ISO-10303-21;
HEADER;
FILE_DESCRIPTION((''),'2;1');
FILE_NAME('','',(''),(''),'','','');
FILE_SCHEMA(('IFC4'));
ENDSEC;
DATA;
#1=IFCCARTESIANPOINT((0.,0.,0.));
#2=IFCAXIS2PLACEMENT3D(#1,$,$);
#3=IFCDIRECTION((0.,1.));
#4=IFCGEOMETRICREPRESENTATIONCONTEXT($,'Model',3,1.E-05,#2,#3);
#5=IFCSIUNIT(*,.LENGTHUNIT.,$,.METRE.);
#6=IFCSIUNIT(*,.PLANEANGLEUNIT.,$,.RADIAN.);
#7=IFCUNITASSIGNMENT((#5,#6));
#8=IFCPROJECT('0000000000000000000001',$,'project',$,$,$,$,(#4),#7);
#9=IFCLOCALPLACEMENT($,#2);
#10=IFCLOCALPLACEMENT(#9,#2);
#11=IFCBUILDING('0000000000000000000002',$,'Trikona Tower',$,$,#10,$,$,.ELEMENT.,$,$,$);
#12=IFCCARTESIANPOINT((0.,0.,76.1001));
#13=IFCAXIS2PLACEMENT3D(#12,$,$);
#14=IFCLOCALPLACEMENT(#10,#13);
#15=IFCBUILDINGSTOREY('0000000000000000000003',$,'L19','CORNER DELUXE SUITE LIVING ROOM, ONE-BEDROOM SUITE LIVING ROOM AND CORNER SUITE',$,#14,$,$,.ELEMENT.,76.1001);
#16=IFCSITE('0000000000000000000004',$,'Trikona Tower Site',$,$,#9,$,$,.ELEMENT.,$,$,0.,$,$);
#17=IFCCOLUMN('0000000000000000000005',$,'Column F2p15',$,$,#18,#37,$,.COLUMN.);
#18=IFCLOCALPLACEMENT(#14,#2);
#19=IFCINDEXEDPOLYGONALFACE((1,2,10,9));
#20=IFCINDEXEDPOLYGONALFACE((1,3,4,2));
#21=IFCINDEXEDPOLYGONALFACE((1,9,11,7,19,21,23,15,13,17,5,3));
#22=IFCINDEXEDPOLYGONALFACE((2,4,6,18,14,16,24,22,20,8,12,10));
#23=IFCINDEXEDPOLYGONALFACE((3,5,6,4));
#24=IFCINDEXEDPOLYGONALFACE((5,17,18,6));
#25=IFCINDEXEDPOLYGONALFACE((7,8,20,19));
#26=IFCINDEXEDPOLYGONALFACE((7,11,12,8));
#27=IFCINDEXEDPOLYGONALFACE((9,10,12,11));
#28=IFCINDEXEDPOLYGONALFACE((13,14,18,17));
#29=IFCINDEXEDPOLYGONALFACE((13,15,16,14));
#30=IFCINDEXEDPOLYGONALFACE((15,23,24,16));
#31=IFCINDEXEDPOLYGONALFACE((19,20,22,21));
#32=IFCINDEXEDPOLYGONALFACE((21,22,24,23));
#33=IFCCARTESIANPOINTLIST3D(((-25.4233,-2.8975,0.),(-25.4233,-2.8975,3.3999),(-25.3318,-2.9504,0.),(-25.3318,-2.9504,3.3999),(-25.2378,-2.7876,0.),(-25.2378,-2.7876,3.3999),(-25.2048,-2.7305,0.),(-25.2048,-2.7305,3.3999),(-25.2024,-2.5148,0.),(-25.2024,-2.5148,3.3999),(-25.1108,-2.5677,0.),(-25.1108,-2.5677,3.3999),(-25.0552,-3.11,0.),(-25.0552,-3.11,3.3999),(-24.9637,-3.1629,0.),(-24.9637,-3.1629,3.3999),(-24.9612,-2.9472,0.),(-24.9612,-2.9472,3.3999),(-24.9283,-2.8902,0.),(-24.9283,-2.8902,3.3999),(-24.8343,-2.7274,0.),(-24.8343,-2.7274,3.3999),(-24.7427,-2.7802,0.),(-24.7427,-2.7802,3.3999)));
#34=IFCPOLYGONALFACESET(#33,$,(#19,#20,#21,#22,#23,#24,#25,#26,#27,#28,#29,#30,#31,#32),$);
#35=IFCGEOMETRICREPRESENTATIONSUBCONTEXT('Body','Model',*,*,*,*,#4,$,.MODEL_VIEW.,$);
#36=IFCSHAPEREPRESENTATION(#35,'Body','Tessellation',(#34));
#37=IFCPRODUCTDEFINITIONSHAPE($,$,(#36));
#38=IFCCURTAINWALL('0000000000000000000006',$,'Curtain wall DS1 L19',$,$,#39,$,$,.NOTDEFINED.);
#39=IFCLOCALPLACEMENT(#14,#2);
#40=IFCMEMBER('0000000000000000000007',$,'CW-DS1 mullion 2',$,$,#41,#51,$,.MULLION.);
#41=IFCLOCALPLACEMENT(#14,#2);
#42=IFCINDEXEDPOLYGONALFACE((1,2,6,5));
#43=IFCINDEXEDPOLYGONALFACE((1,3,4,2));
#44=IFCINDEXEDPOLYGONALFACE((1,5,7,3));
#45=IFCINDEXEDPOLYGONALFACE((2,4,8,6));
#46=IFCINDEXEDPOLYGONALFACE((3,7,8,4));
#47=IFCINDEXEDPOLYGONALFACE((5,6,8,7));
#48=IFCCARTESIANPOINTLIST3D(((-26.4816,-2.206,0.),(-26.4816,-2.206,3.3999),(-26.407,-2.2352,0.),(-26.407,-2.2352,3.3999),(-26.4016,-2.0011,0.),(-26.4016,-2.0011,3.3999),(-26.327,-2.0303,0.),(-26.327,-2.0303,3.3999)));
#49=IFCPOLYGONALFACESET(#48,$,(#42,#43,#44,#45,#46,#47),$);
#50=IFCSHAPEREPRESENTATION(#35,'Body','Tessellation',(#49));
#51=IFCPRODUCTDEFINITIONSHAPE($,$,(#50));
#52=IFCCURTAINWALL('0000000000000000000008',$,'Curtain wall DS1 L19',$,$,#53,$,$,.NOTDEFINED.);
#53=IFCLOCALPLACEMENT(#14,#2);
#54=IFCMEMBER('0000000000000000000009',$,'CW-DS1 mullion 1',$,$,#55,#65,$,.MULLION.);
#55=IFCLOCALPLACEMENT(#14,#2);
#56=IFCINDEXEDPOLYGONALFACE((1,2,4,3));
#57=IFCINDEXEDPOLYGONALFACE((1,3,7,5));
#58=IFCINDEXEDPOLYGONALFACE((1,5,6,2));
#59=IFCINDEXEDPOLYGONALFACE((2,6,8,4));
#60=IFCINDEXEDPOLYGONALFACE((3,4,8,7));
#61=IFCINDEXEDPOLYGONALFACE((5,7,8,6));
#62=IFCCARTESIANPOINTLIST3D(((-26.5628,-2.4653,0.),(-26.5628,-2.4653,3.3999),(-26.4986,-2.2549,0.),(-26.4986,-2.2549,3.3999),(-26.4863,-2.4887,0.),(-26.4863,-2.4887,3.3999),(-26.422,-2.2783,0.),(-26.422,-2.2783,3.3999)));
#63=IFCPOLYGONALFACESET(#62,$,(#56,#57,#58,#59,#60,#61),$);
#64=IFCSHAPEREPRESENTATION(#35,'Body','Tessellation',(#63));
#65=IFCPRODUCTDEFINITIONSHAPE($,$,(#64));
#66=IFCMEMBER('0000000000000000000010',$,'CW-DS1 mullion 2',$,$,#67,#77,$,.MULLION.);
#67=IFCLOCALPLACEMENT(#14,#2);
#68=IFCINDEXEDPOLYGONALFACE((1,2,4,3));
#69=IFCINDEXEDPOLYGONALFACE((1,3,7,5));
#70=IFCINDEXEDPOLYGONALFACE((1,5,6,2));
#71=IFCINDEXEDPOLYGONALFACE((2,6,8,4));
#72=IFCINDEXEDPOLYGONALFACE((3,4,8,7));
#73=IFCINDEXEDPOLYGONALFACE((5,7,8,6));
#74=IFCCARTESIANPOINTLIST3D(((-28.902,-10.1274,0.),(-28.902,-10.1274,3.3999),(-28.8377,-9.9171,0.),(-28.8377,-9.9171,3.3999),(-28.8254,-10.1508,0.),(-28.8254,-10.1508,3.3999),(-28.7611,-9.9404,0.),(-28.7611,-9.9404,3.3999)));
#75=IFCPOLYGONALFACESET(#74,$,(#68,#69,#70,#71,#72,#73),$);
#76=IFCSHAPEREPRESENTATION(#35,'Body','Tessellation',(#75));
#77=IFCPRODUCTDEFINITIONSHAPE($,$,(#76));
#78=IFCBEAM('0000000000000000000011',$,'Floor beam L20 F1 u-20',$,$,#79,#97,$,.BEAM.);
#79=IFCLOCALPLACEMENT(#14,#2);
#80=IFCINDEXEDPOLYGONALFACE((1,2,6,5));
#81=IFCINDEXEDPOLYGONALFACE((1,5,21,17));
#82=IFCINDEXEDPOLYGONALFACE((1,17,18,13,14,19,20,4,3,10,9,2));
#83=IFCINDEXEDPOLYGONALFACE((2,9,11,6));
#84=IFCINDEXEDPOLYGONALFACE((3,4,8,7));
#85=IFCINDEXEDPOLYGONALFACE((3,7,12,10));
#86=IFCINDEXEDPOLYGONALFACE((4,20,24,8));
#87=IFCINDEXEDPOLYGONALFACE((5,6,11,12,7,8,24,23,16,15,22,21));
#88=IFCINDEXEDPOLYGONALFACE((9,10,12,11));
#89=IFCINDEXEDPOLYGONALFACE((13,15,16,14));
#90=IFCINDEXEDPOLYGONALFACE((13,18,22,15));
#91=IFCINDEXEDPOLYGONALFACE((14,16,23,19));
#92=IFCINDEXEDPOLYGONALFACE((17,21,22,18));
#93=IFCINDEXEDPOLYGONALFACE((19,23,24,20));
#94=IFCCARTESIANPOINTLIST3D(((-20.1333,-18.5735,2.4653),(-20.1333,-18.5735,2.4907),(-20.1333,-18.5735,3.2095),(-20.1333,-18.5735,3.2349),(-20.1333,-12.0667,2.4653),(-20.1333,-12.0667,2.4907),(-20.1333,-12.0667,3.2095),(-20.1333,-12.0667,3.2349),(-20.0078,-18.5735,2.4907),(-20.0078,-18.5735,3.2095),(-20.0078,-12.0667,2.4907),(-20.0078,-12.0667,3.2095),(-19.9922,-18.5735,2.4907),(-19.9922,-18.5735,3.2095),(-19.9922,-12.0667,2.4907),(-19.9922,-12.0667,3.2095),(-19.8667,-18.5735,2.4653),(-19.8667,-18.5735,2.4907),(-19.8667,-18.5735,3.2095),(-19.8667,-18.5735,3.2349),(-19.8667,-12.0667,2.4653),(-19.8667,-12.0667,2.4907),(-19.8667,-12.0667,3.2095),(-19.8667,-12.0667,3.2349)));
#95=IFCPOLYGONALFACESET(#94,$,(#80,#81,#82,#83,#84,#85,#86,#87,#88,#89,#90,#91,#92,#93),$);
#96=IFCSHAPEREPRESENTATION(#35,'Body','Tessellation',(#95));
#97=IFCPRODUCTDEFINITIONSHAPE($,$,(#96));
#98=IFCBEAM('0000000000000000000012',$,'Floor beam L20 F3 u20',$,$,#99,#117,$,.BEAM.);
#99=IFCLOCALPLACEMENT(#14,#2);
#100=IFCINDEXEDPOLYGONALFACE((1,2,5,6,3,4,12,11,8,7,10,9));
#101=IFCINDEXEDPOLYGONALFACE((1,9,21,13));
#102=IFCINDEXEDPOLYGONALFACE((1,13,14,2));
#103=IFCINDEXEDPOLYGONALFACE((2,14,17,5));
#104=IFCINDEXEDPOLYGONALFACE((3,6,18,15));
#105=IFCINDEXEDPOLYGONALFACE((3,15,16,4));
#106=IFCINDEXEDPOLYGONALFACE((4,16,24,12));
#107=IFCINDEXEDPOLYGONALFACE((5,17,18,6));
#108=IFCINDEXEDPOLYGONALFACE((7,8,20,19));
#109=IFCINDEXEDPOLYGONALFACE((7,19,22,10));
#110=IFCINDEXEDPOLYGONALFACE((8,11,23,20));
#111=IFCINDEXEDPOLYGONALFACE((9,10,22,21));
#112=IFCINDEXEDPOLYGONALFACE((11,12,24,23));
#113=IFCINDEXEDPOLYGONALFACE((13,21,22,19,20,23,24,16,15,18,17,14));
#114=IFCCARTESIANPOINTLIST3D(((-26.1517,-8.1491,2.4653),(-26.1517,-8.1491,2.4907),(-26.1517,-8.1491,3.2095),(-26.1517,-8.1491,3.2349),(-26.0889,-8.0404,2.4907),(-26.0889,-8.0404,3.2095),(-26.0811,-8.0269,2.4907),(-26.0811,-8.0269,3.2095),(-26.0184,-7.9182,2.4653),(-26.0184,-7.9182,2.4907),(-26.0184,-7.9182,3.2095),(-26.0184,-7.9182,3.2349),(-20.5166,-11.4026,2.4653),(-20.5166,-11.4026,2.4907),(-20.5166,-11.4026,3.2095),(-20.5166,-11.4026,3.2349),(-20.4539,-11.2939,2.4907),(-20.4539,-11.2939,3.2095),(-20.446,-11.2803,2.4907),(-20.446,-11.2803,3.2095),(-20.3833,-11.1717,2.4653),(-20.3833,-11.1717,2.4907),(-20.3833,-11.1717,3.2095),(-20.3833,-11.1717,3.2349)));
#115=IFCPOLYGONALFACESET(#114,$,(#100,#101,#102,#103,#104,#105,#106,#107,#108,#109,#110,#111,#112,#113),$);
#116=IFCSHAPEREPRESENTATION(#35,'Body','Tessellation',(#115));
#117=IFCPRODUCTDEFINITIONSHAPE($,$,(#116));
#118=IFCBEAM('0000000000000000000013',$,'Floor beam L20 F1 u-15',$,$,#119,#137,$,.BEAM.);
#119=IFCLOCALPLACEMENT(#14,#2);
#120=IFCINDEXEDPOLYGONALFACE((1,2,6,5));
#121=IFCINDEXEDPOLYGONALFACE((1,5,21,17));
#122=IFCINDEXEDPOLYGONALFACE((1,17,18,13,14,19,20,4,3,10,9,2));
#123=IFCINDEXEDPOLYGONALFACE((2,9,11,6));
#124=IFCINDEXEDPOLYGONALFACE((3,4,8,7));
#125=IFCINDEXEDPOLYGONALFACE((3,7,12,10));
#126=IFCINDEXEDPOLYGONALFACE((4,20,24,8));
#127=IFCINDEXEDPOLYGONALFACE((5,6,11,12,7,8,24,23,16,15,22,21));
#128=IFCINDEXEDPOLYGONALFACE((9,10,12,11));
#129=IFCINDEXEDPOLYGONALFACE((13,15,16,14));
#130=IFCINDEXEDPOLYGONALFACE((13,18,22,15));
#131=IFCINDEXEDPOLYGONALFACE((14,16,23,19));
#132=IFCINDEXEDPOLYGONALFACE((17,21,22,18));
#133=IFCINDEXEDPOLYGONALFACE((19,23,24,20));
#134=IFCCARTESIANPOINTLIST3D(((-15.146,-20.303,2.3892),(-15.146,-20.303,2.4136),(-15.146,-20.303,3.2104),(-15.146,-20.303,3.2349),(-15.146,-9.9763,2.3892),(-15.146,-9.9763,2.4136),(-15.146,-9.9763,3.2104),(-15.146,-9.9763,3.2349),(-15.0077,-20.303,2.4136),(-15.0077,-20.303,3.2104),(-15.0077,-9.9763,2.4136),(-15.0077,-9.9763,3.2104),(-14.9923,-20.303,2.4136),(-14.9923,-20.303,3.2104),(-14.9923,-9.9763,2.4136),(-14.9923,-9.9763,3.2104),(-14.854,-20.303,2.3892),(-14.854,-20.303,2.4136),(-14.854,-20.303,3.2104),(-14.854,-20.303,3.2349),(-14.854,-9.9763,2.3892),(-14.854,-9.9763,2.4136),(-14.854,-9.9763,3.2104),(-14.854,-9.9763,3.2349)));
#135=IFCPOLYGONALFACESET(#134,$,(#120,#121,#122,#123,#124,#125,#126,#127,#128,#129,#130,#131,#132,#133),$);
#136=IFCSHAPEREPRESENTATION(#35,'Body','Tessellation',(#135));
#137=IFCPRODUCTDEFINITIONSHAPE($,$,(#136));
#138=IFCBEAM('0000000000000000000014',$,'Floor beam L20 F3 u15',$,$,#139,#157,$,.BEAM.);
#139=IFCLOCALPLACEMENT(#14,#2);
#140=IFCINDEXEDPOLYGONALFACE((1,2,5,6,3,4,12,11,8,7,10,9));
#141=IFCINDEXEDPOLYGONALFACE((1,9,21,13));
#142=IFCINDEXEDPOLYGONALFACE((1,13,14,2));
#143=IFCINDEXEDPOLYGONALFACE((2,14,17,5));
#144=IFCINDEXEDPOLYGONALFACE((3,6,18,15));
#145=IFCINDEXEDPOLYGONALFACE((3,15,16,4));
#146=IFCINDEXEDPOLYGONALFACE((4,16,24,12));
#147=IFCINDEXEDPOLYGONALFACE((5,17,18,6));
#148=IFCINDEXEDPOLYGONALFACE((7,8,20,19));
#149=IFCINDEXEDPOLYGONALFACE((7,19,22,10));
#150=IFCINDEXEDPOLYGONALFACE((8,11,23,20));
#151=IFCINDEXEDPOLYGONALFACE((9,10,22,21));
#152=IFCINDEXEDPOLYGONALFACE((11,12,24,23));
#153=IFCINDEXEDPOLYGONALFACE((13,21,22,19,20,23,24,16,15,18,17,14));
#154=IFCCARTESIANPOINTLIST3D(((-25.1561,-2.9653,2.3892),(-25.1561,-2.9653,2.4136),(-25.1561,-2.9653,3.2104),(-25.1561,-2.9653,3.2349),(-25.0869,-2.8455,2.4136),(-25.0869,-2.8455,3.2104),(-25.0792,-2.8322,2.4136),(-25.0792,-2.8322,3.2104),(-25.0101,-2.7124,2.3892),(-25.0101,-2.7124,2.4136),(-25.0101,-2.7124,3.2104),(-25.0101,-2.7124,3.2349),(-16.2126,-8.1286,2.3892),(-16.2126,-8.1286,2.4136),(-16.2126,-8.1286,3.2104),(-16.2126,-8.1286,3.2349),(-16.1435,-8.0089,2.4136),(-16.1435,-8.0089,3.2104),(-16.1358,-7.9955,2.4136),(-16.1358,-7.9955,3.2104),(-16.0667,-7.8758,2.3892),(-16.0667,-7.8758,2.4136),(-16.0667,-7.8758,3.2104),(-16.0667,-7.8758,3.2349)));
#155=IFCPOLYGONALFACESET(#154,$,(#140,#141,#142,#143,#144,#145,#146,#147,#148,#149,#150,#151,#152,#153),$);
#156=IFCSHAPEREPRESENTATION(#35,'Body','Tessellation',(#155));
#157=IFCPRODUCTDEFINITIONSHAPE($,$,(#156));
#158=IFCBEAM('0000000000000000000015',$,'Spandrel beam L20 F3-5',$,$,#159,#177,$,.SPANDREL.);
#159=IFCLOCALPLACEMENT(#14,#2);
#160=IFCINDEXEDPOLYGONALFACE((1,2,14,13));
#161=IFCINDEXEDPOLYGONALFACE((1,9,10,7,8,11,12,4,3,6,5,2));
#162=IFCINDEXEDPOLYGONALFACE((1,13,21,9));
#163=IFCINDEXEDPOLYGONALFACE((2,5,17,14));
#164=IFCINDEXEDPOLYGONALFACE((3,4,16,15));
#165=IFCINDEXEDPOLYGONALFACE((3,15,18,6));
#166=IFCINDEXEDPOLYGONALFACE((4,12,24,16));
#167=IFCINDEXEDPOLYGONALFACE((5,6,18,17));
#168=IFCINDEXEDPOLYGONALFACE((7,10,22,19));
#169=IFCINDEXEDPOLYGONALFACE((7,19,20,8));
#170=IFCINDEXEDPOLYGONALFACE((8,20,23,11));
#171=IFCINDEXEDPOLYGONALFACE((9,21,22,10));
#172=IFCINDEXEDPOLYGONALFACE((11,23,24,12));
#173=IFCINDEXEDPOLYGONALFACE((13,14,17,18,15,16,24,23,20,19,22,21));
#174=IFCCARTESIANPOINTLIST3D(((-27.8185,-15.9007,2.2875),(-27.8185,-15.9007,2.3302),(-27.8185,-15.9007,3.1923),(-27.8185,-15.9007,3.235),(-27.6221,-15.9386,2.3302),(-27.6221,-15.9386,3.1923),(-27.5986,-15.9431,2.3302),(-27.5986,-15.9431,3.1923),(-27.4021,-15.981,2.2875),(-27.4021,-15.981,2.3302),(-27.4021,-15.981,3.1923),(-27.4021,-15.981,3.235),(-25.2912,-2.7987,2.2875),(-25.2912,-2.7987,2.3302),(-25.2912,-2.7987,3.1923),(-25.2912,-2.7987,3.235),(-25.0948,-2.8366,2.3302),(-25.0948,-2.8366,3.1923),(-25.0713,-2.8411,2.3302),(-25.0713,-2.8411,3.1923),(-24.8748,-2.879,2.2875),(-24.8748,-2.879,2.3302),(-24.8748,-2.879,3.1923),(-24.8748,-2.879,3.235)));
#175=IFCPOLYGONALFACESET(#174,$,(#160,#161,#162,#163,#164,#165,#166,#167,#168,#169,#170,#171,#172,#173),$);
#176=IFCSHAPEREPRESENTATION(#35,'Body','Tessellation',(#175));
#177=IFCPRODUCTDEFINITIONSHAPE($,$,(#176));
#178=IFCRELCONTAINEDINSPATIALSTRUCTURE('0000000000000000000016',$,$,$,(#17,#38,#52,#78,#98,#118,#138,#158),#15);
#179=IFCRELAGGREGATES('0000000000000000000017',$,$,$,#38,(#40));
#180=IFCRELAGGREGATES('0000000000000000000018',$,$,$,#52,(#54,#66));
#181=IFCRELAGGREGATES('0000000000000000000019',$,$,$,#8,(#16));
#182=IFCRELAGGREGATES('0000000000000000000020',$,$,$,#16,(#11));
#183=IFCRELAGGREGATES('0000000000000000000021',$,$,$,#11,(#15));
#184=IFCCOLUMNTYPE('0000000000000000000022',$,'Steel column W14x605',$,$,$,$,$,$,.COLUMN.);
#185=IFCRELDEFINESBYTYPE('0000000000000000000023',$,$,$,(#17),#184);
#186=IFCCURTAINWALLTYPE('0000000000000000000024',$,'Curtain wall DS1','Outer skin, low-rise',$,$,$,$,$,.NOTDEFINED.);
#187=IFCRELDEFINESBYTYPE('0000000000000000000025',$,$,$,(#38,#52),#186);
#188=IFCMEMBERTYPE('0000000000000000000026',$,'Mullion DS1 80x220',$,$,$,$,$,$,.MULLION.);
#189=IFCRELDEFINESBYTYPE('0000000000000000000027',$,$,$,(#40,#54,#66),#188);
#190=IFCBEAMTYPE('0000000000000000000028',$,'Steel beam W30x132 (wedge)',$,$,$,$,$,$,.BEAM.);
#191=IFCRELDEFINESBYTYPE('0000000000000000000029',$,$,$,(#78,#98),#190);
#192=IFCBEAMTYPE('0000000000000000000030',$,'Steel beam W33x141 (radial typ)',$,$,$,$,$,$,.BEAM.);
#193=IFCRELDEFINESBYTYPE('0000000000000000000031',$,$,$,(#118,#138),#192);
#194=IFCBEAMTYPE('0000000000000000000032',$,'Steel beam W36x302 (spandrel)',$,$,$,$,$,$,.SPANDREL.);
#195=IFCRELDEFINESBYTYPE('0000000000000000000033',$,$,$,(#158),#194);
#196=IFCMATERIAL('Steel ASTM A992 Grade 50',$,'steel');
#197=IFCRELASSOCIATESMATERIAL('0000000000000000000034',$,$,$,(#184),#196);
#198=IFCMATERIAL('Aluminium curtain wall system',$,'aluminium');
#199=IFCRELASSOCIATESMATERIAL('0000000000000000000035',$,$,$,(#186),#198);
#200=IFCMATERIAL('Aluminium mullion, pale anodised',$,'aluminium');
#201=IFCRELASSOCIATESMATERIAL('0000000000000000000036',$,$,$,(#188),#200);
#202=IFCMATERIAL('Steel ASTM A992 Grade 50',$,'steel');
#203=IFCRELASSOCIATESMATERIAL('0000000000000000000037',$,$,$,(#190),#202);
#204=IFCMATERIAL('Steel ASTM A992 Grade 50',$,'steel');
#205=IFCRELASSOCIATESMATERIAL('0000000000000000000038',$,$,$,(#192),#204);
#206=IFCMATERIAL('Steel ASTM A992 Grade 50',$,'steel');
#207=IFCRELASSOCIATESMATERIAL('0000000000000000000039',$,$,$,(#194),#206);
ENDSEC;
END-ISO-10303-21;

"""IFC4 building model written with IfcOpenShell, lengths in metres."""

from ifc_helpers import new_model, si_unit, direction, frame, origin, origin_2d, place, context, subcontext, project, spatial, rectangle, i_section, extrude, material, material_profile, profile_set, type_object, element, aggregate, save


model = new_model("IFC4")

# Units and contexts
model_context = context("Model", 3, precision=1e-05, world=origin(), true_north=direction((0.0, 1.0)))
body_context = subcontext(model_context, "Body", "Model", "MODEL_VIEW")
ifc_project = project(units=[si_unit("LENGTHUNIT", "METRE"), si_unit("PLANEANGLEUNIT", "RADIAN")], contexts=[model_context])

# Site, building, storey
site_placement = place(None, origin())
site = spatial("IfcSite", under=ifc_project, at=site_placement, Name="Trikona Tower Site", CompositionType="ELEMENT", RefElevation=0.0)
building_placement = place(site_placement, origin())
building = spatial("IfcBuilding", under=site, at=building_placement, Name="Trikona Tower", CompositionType="ELEMENT")
storey_placement = place(building_placement, frame((0.0, 0.0, 76.1001)))
storey = spatial("IfcBuildingStorey", under=building, at=storey_placement, Name="L19", Description="CORNER DELUXE SUITE LIVING ROOM, ONE-BEDROOM SUITE LIVING ROOM AND CORNER SUITE", CompositionType="ELEMENT", Elevation=76.1001)

# Column
ifc_material_1 = material(Name="Steel ASTM A992 Grade 50", Category="steel")
ifc_material_profile_1 = material_profile(ifc_material_1, i_section(OverallWidth=0.4419, OverallDepth=0.5308, WebThickness=0.0659, FlangeThickness=0.1057, at=origin_2d()), Name="W14X605")
ifc_profile_set_1 = profile_set([ifc_material_profile_1], Name="Steel ASTM A992 Grade 50")
column_type = type_object("IfcColumnType", Name="Steel column W14x605", PredefinedType="COLUMN", material=ifc_profile_set_1)
column_placement = place(storey_placement, frame((-25.083, -2.8389, 0.0), z_axis=(0.0, 0.0, 1.0), x_axis=(-0.5, -0.866025, 0.0)))
element("IfcColumn", 1, at=column_placement, inside=storey, type_object=column_type, Name="Column F2p15", PredefinedType="COLUMN", context=body_context, shape_type="SweptSolid", body=[
    extrude(i_section(OverallWidth=0.4419, OverallDepth=0.5308, WebThickness=0.0659, FlangeThickness=0.1057, at=origin_2d()), origin(), (0.0, 0.0, 1.0), 3.3999),
])

# Curtain wall, member
ifc_material_2 = material(Name="Aluminium curtain wall system", Category="aluminium")
curtain_wall_type = type_object("IfcCurtainWallType", Name="Curtain wall DS1", Description="Outer skin, low-rise", PredefinedType="NOTDEFINED", material=ifc_material_2)
curtain_wall_1_placement = place(storey_placement, origin())
curtain_wall_1 = element("IfcCurtainWall", 2, at=curtain_wall_1_placement, inside=storey, type_object=curtain_wall_type, Name="Curtain wall DS1 L19", PredefinedType="NOTDEFINED")
ifc_material_3 = material(Name="Aluminium mullion, pale anodised", Category="aluminium")
ifc_material_profile_2 = material_profile(ifc_material_3, rectangle(XDim=0.0801, YDim=0.22, at=origin_2d()), Name="MUL-DS1")
ifc_profile_set_2 = profile_set([ifc_material_profile_2], Name="Aluminium mullion, pale anodised")
member_type_1 = type_object("IfcMemberType", Name="Mullion DS1 80x220", PredefinedType="MULLION", material=ifc_profile_set_2)
member_1_placement = place(storey_placement, frame((-26.4043, -2.1182, 0.0), z_axis=(0.0, 0.0, 1.0), x_axis=(0.931396, -0.364008, 0.0)))
member_1 = element("IfcMember", 3, at=member_1_placement, type_object=member_type_1, Name="CW-DS1 mullion 2", PredefinedType="MULLION", context=body_context, shape_type="SweptSolid", body=[
    extrude(rectangle(XDim=0.0801, YDim=0.22, at=origin_2d()), origin(), (0.0, 0.0, 1.0), 3.3999),
])
aggregate(curtain_wall_1, [member_1])

# Curtain wall, members
curtain_wall_2_placement = place(storey_placement, origin())
curtain_wall_2 = element("IfcCurtainWall", 4, at=curtain_wall_2_placement, inside=storey, type_object=curtain_wall_type, Name="Curtain wall DS1 L19", PredefinedType="NOTDEFINED")
member_2_placement = place(storey_placement, frame((-26.4924, -2.3718, 0.0), z_axis=(0.0, 0.0, 1.0), x_axis=(0.956423, -0.291984, 0.0)))
member_2 = element("IfcMember", 5, at=member_2_placement, type_object=member_type_1, Name="CW-DS1 mullion 1", PredefinedType="MULLION", context=body_context, shape_type="SweptSolid", body=[
    extrude(rectangle(XDim=0.0801, YDim=0.22, at=origin_2d()), origin(), (0.0, 0.0, 1.0), 3.3999),
])
member_3_placement = place(storey_placement, frame((-28.8315, -10.0339, 0.0), z_axis=(0.0, 0.0, 1.0), x_axis=(0.956423, -0.291984, 0.0)))
member_3 = element("IfcMember", 6, at=member_3_placement, type_object=member_type_1, Name="CW-DS1 mullion 2", PredefinedType="MULLION", context=body_context, shape_type="SweptSolid", body=[
    extrude(rectangle(XDim=0.0801, YDim=0.22, at=origin_2d()), origin(), (0.0, 0.0, 1.0), 3.3999),
])

# Beams
ifc_material_4 = material(Name="Steel ASTM A992 Grade 50", Category="steel")
ifc_material_profile_3 = material_profile(ifc_material_4, i_section(OverallWidth=0.2666, OverallDepth=0.7695, WebThickness=0.0156, FlangeThickness=0.0254, at=origin_2d()), Name="W30X132")
ifc_profile_set_3 = profile_set([ifc_material_profile_3], Name="Steel ASTM A992 Grade 50")
beam_type_1 = type_object("IfcBeamType", Name="Steel beam W30x132 (wedge)", PredefinedType="BEAM", material=ifc_profile_set_3)
for number, where, z_axis, x_axis, name in (
    (7, (-20.0, -12.0667, 2.8501), (0.0, -1.0, 0.0), (1.0, 0.0, 0.0), "Floor beam L20 F1 u-20"),
    (8, (-20.45, -11.2871, 2.8501), (-0.866023, 0.500005, 0.0), (-0.500005, -0.866023, 0.0), "Floor beam L20 F3 u20"),
):
    element("IfcBeam", number, at=place(storey_placement, frame(where, z_axis=z_axis, x_axis=x_axis)), inside=storey, type_object=beam_type_1, Name=name, PredefinedType="BEAM", context=body_context, shape_type="SweptSolid", body=[
        extrude(i_section(OverallWidth=0.2666, OverallDepth=0.7695, WebThickness=0.0156, FlangeThickness=0.0254, at=origin_2d()), origin(), (0.0, 0.0, 1.0), 6.5068),
    ])
ifc_material_5 = material(Name="Steel ASTM A992 Grade 50", Category="steel")
ifc_material_profile_4 = material_profile(ifc_material_5, i_section(OverallWidth=0.292, OverallDepth=0.8457, WebThickness=0.0154, FlangeThickness=0.0244, at=origin_2d()), Name="W33X141")
ifc_profile_set_4 = profile_set([ifc_material_profile_4], Name="Steel ASTM A992 Grade 50")
beam_type_2 = type_object("IfcBeamType", Name="Steel beam W33x141 (radial typ)", PredefinedType="BEAM", material=ifc_profile_set_4)
beam_1_placement = place(storey_placement, frame((-15.0, -9.9763, 2.812), z_axis=(0.0, -1.0, 0.0), x_axis=(1.0, 0.0, 0.0)))
element("IfcBeam", 9, at=beam_1_placement, inside=storey, type_object=beam_type_2, Name="Floor beam L20 F1 u-15", PredefinedType="BEAM", context=body_context, shape_type="SweptSolid", body=[
    extrude(i_section(OverallWidth=0.292, OverallDepth=0.8457, WebThickness=0.0154, FlangeThickness=0.0244, at=origin_2d()), origin(), (0.0, 0.0, 1.0), 10.3267),
])
beam_2_placement = place(storey_placement, frame((-16.1396, -8.0022, 2.812), z_axis=(-0.86603, 0.499991, 0.0), x_axis=(-0.499991, -0.86603, 0.0)))
element("IfcBeam", 10, at=beam_2_placement, inside=storey, type_object=beam_type_2, Name="Floor beam L20 F3 u15", PredefinedType="BEAM", context=body_context, shape_type="SweptSolid", body=[
    extrude(i_section(OverallWidth=0.292, OverallDepth=0.8457, WebThickness=0.0154, FlangeThickness=0.0244, at=origin_2d()), origin(), (0.0, 0.0, 1.0), 10.3269),
])
ifc_material_6 = material(Name="Steel ASTM A992 Grade 50", Category="steel")
ifc_material_profile_5 = material_profile(ifc_material_6, i_section(OverallWidth=0.4241, OverallDepth=0.9475, WebThickness=0.0239, FlangeThickness=0.0427, at=origin_2d()), Name="W36X302")
ifc_profile_set_5 = profile_set([ifc_material_profile_5], Name="Steel ASTM A992 Grade 50")
beam_type_3 = type_object("IfcBeamType", Name="Steel beam W36x302 (spandrel)", PredefinedType="SPANDREL", material=ifc_profile_set_5)
beam_3_placement = place(storey_placement, frame((-25.083, -2.8389, 2.7612), z_axis=(-0.189405, -0.981899, 0.0), x_axis=(0.981899, -0.189405, 0.0)))
element("IfcBeam", 11, at=beam_3_placement, inside=storey, type_object=beam_type_3, Name="Spandrel beam L20 F3-5", PredefinedType="SPANDREL", context=body_context, shape_type="SweptSolid", body=[
    extrude(i_section(OverallWidth=0.4241, OverallDepth=0.9475, WebThickness=0.0239, FlangeThickness=0.0427, at=origin_2d()), origin(), (0.0, 0.0, 1.0), 13.3435),
])

aggregate(curtain_wall_2, [member_2, member_3])

save(model, "model.ifc")
